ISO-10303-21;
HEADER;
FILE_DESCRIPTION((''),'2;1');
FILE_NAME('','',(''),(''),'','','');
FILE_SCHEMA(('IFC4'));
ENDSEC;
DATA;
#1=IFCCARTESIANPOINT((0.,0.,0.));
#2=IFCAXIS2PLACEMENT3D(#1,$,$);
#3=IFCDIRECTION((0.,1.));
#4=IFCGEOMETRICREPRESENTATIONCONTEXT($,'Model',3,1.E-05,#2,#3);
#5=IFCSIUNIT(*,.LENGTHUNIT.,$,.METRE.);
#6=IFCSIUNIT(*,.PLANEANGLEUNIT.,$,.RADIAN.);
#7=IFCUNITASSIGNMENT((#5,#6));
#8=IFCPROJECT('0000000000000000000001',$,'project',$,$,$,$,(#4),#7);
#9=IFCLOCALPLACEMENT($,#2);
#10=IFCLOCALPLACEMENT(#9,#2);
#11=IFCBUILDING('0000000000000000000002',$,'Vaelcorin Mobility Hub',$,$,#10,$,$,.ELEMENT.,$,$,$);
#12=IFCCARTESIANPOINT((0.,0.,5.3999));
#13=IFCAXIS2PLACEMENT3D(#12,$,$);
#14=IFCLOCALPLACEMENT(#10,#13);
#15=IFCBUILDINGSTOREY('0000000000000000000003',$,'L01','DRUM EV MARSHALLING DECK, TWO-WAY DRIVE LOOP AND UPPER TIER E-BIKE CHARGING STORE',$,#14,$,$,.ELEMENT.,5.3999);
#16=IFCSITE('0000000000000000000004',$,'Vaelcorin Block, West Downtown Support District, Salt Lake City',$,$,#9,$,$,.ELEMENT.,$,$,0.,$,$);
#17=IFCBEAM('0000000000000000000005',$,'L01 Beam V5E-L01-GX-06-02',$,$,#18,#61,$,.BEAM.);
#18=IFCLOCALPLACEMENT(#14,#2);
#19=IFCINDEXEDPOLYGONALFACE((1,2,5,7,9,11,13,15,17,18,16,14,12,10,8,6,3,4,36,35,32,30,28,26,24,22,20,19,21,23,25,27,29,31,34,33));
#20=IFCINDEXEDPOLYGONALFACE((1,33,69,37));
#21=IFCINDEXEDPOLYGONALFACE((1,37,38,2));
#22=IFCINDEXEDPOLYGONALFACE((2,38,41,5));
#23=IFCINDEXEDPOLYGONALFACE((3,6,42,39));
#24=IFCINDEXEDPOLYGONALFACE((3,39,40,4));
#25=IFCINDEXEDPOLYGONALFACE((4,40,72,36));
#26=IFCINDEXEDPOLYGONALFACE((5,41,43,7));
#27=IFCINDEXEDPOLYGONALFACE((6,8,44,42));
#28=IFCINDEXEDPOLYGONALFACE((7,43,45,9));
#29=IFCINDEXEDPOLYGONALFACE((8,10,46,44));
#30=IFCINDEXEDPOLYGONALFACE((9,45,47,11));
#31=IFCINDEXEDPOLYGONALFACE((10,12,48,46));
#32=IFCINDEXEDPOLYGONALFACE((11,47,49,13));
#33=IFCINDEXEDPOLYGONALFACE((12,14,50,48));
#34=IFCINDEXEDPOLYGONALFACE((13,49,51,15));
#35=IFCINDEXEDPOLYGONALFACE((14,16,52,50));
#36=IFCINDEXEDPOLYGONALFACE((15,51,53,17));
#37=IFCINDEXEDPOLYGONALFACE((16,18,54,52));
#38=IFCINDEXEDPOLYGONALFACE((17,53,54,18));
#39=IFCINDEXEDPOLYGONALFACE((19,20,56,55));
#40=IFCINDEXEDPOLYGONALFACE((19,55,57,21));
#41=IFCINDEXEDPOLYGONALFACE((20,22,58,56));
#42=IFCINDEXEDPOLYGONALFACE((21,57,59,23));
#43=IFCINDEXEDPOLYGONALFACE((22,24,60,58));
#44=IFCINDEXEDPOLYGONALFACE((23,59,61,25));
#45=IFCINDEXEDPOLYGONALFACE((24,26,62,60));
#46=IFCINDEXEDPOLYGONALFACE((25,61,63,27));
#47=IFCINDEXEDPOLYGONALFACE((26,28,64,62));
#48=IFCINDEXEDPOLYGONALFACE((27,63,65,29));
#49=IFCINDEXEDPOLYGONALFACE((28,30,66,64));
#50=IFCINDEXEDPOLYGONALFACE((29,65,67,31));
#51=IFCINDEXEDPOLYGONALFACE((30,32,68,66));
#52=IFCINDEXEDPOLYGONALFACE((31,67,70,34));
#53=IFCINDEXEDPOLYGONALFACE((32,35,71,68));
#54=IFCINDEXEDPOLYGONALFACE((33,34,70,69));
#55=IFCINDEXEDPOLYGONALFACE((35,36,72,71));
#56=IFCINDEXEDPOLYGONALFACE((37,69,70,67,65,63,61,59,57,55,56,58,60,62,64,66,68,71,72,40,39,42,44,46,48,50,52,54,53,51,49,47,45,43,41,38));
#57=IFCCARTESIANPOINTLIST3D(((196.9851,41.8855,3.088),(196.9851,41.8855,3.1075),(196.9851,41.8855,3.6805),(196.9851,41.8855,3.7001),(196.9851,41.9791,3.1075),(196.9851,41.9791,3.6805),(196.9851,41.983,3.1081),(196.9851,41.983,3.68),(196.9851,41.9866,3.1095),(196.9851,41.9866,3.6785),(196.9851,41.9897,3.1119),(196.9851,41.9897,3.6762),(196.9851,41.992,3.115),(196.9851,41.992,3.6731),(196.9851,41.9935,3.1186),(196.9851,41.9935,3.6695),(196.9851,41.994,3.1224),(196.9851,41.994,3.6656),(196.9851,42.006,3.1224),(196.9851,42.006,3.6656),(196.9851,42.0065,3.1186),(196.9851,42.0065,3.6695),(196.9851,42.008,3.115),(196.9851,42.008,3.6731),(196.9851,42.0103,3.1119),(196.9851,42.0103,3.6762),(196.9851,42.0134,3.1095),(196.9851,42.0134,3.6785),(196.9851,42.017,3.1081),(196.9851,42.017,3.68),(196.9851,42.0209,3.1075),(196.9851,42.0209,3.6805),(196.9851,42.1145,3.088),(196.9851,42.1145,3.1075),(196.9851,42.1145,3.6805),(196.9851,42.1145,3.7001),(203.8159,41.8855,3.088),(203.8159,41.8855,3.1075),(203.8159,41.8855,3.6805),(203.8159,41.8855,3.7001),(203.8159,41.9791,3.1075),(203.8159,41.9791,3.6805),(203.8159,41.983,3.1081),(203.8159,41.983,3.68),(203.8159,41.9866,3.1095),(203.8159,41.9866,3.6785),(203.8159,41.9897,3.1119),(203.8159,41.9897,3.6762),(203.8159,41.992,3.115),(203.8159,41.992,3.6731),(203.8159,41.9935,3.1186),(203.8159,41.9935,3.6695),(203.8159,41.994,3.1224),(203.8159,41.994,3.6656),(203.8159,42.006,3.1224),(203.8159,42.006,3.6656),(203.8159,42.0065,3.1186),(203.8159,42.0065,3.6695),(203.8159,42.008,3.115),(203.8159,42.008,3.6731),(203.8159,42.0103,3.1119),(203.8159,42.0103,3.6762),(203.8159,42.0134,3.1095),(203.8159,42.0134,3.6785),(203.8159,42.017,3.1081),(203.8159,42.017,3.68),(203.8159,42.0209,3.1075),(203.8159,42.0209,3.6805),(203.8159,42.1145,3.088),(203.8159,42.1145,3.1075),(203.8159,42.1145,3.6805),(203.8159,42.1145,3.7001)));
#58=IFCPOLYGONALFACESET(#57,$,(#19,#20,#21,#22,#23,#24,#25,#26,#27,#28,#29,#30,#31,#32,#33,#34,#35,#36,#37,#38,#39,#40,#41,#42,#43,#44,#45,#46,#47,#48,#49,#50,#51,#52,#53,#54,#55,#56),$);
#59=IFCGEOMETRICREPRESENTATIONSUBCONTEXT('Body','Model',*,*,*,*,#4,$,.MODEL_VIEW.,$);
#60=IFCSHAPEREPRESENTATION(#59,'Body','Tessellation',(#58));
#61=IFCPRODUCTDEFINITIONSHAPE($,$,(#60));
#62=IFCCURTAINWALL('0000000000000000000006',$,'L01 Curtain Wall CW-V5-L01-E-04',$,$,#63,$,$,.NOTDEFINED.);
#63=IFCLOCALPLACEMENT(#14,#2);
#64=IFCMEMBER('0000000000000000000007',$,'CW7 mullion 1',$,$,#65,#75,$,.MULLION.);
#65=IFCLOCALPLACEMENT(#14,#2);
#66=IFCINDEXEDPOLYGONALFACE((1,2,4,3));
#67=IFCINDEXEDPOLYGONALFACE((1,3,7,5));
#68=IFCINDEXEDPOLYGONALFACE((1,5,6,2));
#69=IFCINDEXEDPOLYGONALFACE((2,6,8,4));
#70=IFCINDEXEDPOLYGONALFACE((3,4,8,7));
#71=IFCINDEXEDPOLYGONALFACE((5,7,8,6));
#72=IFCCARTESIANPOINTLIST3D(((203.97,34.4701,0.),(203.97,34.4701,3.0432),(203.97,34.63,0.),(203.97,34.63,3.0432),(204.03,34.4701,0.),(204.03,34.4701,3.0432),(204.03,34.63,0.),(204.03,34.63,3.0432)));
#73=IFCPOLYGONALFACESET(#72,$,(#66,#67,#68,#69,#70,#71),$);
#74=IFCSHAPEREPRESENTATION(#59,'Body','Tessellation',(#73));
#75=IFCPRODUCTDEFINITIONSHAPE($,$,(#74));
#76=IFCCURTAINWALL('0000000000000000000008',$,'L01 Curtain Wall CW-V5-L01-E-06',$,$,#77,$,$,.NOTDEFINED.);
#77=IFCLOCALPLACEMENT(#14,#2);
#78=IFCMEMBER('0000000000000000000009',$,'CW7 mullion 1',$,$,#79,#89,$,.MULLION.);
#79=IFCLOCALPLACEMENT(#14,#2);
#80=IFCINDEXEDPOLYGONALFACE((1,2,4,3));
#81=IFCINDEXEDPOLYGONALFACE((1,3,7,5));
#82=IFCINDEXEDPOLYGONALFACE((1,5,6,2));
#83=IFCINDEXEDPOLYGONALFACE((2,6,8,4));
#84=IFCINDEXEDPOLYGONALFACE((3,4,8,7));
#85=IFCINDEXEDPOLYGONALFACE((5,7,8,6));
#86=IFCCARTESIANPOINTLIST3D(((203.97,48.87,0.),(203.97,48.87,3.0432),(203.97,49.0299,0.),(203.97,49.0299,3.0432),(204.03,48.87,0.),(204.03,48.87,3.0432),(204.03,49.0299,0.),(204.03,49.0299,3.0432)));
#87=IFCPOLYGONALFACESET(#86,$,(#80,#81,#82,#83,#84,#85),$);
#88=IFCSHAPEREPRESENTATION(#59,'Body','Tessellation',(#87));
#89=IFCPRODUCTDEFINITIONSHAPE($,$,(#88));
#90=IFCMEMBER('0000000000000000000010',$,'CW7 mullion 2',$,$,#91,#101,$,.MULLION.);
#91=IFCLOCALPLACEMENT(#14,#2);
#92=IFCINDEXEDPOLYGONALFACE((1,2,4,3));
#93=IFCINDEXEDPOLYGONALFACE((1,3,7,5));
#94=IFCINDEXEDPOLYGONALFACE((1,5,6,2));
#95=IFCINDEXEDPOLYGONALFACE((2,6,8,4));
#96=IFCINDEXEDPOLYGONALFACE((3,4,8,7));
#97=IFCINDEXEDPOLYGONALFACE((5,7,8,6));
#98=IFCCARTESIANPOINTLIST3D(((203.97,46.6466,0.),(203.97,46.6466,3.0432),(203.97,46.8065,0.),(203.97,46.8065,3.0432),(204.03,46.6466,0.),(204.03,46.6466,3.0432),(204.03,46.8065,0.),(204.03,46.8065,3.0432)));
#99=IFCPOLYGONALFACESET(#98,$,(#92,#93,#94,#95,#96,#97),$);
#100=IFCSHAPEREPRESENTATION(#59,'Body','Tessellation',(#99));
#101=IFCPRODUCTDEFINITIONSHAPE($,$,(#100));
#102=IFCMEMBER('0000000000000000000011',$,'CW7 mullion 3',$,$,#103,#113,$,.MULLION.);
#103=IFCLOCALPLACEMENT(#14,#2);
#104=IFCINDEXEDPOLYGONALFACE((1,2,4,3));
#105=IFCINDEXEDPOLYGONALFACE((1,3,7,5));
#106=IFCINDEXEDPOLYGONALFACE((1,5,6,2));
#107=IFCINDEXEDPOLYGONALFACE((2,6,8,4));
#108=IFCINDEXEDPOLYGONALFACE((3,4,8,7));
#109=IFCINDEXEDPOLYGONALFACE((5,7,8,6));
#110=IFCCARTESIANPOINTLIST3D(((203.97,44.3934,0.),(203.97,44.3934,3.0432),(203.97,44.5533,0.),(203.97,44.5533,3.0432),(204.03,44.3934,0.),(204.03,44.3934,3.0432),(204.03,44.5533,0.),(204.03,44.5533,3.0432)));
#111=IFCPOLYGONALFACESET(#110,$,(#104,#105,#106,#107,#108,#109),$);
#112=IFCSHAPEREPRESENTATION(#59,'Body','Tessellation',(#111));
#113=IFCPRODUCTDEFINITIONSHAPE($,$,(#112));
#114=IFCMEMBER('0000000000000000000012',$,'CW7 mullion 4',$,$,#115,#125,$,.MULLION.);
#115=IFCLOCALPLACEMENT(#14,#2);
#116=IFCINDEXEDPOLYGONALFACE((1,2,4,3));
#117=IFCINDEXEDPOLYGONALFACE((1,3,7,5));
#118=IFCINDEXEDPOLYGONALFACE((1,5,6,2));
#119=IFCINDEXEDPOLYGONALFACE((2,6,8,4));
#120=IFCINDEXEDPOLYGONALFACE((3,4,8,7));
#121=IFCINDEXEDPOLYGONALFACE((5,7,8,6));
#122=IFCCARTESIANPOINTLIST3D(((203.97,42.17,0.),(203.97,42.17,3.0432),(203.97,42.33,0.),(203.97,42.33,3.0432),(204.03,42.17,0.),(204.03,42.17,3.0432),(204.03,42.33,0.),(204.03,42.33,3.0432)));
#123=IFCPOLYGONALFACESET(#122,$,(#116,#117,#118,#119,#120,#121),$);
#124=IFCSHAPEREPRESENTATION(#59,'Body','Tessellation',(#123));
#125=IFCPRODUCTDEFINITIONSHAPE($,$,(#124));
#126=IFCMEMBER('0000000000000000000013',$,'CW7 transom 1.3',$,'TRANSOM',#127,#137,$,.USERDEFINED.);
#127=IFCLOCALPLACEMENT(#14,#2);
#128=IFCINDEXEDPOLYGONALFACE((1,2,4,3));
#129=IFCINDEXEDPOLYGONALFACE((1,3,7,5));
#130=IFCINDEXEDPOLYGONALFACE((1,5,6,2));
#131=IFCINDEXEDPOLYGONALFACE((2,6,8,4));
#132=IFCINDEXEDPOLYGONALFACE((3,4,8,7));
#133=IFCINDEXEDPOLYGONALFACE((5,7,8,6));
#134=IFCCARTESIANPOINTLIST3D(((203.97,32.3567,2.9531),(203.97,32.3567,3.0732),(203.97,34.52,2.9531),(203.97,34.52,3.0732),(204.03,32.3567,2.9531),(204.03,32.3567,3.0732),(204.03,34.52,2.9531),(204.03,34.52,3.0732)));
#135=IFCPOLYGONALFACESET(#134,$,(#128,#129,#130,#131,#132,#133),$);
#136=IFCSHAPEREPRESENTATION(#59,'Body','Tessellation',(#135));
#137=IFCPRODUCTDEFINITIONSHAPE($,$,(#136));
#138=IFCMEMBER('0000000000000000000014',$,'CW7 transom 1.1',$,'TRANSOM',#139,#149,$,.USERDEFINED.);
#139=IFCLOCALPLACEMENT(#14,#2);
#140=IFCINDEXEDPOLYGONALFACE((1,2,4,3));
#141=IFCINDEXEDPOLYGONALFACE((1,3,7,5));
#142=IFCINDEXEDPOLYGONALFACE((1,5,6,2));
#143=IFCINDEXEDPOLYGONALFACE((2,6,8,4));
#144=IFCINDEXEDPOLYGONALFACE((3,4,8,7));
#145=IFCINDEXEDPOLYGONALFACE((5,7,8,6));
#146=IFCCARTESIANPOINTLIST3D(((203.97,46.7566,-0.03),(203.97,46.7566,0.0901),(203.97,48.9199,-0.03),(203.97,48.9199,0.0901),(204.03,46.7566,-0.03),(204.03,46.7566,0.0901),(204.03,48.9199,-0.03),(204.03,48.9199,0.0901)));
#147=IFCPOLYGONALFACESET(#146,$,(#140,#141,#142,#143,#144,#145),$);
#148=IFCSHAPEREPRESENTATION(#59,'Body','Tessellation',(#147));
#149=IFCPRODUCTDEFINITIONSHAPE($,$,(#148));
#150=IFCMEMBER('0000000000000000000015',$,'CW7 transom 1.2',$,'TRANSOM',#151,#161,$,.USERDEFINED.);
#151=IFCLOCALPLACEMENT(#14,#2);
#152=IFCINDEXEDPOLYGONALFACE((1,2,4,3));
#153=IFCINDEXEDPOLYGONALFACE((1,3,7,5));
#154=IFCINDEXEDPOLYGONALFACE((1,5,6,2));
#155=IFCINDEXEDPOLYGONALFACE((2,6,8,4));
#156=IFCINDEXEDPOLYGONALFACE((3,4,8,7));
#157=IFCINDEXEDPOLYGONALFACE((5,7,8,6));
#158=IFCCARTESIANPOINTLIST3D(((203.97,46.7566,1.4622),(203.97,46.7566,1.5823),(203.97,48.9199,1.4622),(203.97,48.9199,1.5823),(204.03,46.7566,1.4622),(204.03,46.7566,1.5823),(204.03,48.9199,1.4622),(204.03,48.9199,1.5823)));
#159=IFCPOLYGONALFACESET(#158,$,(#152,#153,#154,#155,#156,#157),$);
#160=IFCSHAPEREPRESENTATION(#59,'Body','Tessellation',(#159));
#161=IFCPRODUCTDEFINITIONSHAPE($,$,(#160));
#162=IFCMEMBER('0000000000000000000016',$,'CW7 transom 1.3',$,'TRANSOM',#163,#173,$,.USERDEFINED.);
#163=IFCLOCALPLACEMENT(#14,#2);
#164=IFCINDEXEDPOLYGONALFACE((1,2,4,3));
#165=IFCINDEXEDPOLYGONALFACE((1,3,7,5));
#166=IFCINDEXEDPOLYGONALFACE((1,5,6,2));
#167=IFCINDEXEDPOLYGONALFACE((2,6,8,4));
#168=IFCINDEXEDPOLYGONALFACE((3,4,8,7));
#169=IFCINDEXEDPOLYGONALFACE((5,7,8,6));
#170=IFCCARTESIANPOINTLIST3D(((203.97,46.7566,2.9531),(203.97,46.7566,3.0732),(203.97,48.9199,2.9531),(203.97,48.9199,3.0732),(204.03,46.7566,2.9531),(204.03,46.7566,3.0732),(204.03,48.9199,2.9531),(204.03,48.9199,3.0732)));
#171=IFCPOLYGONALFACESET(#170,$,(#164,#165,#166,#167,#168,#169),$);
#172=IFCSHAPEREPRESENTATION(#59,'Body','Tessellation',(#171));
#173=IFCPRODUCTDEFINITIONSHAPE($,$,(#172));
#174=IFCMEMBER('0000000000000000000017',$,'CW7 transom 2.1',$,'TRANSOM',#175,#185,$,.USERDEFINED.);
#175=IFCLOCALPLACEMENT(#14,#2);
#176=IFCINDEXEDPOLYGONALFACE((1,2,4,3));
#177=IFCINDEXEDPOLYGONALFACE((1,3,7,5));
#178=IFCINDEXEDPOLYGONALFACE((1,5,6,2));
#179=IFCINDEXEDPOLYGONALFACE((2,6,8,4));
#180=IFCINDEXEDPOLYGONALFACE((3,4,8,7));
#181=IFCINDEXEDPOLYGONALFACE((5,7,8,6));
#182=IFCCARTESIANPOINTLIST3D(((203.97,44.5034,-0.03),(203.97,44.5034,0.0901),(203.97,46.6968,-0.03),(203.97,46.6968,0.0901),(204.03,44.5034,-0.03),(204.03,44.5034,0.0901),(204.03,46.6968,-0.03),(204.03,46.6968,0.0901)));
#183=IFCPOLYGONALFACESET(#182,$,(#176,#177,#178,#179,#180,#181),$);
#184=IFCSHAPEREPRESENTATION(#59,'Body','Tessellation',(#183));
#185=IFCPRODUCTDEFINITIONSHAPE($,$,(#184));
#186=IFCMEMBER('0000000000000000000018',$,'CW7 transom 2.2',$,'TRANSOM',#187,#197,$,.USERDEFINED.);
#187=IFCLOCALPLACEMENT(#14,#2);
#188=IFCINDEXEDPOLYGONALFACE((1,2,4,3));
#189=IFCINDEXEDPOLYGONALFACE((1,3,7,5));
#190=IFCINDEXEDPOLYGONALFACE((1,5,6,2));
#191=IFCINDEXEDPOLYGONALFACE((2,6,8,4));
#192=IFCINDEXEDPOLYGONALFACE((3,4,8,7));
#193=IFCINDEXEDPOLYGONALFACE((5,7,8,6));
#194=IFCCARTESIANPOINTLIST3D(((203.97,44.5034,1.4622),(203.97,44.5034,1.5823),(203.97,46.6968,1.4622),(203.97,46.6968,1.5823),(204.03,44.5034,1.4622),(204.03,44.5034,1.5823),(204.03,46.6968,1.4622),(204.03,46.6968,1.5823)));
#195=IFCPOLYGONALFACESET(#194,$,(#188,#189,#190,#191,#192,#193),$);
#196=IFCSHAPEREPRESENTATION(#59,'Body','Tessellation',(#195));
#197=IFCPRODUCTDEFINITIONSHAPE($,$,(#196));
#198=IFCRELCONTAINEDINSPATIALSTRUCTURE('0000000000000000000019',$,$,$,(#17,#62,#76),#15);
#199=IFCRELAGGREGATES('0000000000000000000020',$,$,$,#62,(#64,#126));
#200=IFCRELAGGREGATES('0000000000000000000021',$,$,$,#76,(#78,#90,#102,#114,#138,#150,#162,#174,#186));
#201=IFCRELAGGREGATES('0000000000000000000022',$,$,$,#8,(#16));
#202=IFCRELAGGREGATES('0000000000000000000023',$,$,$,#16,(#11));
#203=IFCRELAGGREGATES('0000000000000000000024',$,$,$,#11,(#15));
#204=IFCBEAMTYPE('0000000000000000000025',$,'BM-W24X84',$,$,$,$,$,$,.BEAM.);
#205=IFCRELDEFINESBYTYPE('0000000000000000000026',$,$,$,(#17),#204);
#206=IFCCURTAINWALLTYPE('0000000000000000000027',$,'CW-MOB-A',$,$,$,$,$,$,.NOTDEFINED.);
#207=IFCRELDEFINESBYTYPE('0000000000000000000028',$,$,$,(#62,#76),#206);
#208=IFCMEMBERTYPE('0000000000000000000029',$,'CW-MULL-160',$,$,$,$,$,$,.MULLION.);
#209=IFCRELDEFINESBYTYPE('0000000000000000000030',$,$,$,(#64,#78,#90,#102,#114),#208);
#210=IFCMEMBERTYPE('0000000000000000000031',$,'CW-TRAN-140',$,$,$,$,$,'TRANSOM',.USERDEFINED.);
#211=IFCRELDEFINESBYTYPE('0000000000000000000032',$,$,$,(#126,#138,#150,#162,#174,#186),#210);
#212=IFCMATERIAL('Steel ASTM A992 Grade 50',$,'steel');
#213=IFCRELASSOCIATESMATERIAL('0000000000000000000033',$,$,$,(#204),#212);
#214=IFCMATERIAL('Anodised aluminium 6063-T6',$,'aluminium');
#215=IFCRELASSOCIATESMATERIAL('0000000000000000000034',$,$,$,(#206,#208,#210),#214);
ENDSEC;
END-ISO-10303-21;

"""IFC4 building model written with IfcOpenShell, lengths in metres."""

from ifc_helpers import new_model, si_unit, direction, frame, origin, origin_2d, place, context, subcontext, project, spatial, rectangle, i_section, extrude, material, material_profile, profile_set, type_object, element, aggregate, save


model = new_model("IFC4")

# Units and contexts
model_context = context("Model", 3, precision=1e-05, world=origin(), true_north=direction((0.0, 1.0)))
body_context = subcontext(model_context, "Body", "Model", "MODEL_VIEW")
ifc_project = project(units=[si_unit("LENGTHUNIT", "METRE"), si_unit("PLANEANGLEUNIT", "RADIAN")], contexts=[model_context])

# Site, building, storey
site_placement = place(None, origin())
site = spatial("IfcSite", under=ifc_project, at=site_placement, Name="Vaelcorin Block, West Downtown Support District, Salt Lake City", CompositionType="ELEMENT", RefElevation=0.0)
building_placement = place(site_placement, origin())
building = spatial("IfcBuilding", under=site, at=building_placement, Name="Vaelcorin Mobility Hub", CompositionType="ELEMENT")
storey_placement = place(building_placement, frame((0.0, 0.0, 5.3999)))
storey = spatial("IfcBuildingStorey", under=building, at=storey_placement, Name="L01", Description="DRUM EV MARSHALLING DECK, TWO-WAY DRIVE LOOP AND UPPER TIER E-BIKE CHARGING STORE", CompositionType="ELEMENT", Elevation=5.3999)

# Shared definitions
ifc_material_1 = material(Name="Steel ASTM A992 Grade 50", Category="steel")

# Beam
ifc_material_profile_1 = material_profile(ifc_material_1, i_section(OverallWidth=0.229, OverallDepth=0.6121, WebThickness=0.012, FlangeThickness=0.0195, FilletRadius=0.0149, at=origin_2d()), Name="W24X84")
ifc_profile_set_1 = profile_set([ifc_material_profile_1], Name="Steel ASTM A992 Grade 50")
beam_type_1 = type_object("IfcBeamType", Name="BM-W24X84", PredefinedType="BEAM", material=ifc_profile_set_1)
for number, where, z_axis, x_axis, name in (
    (1, (196.9851, 42.0, 3.394), (1.0, 0.0, 0.0), (0.0, 1.0, 0.0), "L01 Beam V5E-L01-GX-06-02"),
):
    element("IfcBeam", number, at=place(storey_placement, frame(where, z_axis=z_axis, x_axis=x_axis)), inside=storey, type_object=beam_type_1, Name=name, PredefinedType="BEAM", context=body_context, shape_type="SweptSolid", body=[
        extrude(i_section(OverallWidth=0.229, OverallDepth=0.6121, WebThickness=0.012, FlangeThickness=0.0195, FilletRadius=0.0149, at=origin_2d()), origin(), (0.0, 0.0, 1.0), 6.8308),
    ])

# Curtain wall, member
ifc_material_2 = material(Name="Anodised aluminium 6063-T6", Category="aluminium")
curtain_wall_type = type_object("IfcCurtainWallType", Name="CW-MOB-A", PredefinedType="NOTDEFINED", material=ifc_material_2)
curtain_wall_1_placement = place(storey_placement, origin())
curtain_wall_1 = element("IfcCurtainWall", 2, at=curtain_wall_1_placement, inside=storey, type_object=curtain_wall_type, Name="L01 Curtain Wall CW-V5-L01-E-04", PredefinedType="NOTDEFINED")
ifc_material_profile_2 = material_profile(ifc_material_2, rectangle(XDim=0.0601, YDim=0.1599, at=origin_2d()), Name="ALU-M60X160")
ifc_profile_set_2 = profile_set([ifc_material_profile_2], Name="Anodised aluminium 6063-T6")
member_type_1 = type_object("IfcMemberType", Name="CW-MULL-160", PredefinedType="MULLION", material=ifc_profile_set_2)
member_1_placement = place(storey_placement, frame((204.0, 34.55, 0.0), z_axis=(0.0, 0.0, 1.0), x_axis=(1.0, 0.0, 0.0)))
member_1 = element("IfcMember", 3, at=member_1_placement, type_object=member_type_1, Name="CW7 mullion 1", PredefinedType="MULLION", context=body_context, shape_type="SweptSolid", body=[
    extrude(rectangle(XDim=0.0601, YDim=0.1599, at=origin_2d()), origin(), (0.0, 0.0, 1.0), 3.0432),
])

# Curtain wall, members
curtain_wall_2_placement = place(storey_placement, origin())
curtain_wall_2 = element("IfcCurtainWall", 4, at=curtain_wall_2_placement, inside=storey, type_object=curtain_wall_type, Name="L01 Curtain Wall CW-V5-L01-E-06", PredefinedType="NOTDEFINED")
member_2_placement = place(storey_placement, frame((204.0, 48.95, 0.0), z_axis=(0.0, 0.0, 1.0), x_axis=(1.0, 0.0, 0.0)))
member_2 = element("IfcMember", 5, at=member_2_placement, type_object=member_type_1, Name="CW7 mullion 1", PredefinedType="MULLION", context=body_context, shape_type="SweptSolid", body=[
    extrude(rectangle(XDim=0.0601, YDim=0.1599, at=origin_2d()), origin(), (0.0, 0.0, 1.0), 3.0432),
])
member_3_placement = place(storey_placement, frame((204.0, 46.7266, 0.0), z_axis=(0.0, 0.0, 1.0), x_axis=(1.0, 0.0, 0.0)))
member_3 = element("IfcMember", 6, at=member_3_placement, type_object=member_type_1, Name="CW7 mullion 2", PredefinedType="MULLION", context=body_context, shape_type="SweptSolid", body=[
    extrude(rectangle(XDim=0.0601, YDim=0.1599, at=origin_2d()), origin(), (0.0, 0.0, 1.0), 3.0432),
])
member_4_placement = place(storey_placement, frame((204.0, 44.4734, 0.0), z_axis=(0.0, 0.0, 1.0), x_axis=(1.0, 0.0, 0.0)))
member_4 = element("IfcMember", 7, at=member_4_placement, type_object=member_type_1, Name="CW7 mullion 3", PredefinedType="MULLION", context=body_context, shape_type="SweptSolid", body=[
    extrude(rectangle(XDim=0.0601, YDim=0.1599, at=origin_2d()), origin(), (0.0, 0.0, 1.0), 3.0432),
])
member_5_placement = place(storey_placement, frame((204.0, 42.25, 0.0), z_axis=(0.0, 0.0, 1.0), x_axis=(1.0, 0.0, 0.0)))
member_5 = element("IfcMember", 8, at=member_5_placement, type_object=member_type_1, Name="CW7 mullion 4", PredefinedType="MULLION", context=body_context, shape_type="SweptSolid", body=[
    extrude(rectangle(XDim=0.0601, YDim=0.1599, at=origin_2d()), origin(), (0.0, 0.0, 1.0), 3.0432),
])

# Members
ifc_material_profile_3 = material_profile(ifc_material_2, rectangle(XDim=0.0601, YDim=0.1201, at=origin_2d()), Name="ALU-T60X120")
ifc_profile_set_3 = profile_set([ifc_material_profile_3], Name="Anodised aluminium 6063-T6")
member_type_2 = type_object("IfcMemberType", Name="CW-TRAN-140", ElementType="TRANSOM", PredefinedType="USERDEFINED", material=ifc_profile_set_3)
member_6_placement = place(storey_placement, frame((204.0, 34.52, 3.0132), z_axis=(0.0, -1.0, 0.0), x_axis=(1.0, 0.0, 0.0)))
member_6 = element("IfcMember", 9, at=member_6_placement, type_object=member_type_2, Name="CW7 transom 1.3", ObjectType="TRANSOM", PredefinedType="USERDEFINED", context=body_context, shape_type="SweptSolid", body=[
    extrude(rectangle(XDim=0.0601, YDim=0.1201, at=origin_2d()), origin(), (0.0, 0.0, 1.0), 2.1633),
])
aggregate(curtain_wall_1, [member_1, member_6])
member_7_placement = place(storey_placement, frame((204.0, 48.9199, 0.03), z_axis=(0.0, -1.0, 0.0), x_axis=(1.0, 0.0, 0.0)))
member_7 = element("IfcMember", 10, at=member_7_placement, type_object=member_type_2, Name="CW7 transom 1.1", ObjectType="TRANSOM", PredefinedType="USERDEFINED", context=body_context, shape_type="SweptSolid", body=[
    extrude(rectangle(XDim=0.0601, YDim=0.1201, at=origin_2d()), origin(), (0.0, 0.0, 1.0), 2.1633),
])
member_8_placement = place(storey_placement, frame((204.0, 48.9199, 1.5222), z_axis=(0.0, -1.0, 0.0), x_axis=(1.0, 0.0, 0.0)))
member_8 = element("IfcMember", 11, at=member_8_placement, type_object=member_type_2, Name="CW7 transom 1.2", ObjectType="TRANSOM", PredefinedType="USERDEFINED", context=body_context, shape_type="SweptSolid", body=[
    extrude(rectangle(XDim=0.0601, YDim=0.1201, at=origin_2d()), origin(), (0.0, 0.0, 1.0), 2.1633),
])
member_9_placement = place(storey_placement, frame((204.0, 48.9199, 3.0132), z_axis=(0.0, -1.0, 0.0), x_axis=(1.0, 0.0, 0.0)))
member_9 = element("IfcMember", 12, at=member_9_placement, type_object=member_type_2, Name="CW7 transom 1.3", ObjectType="TRANSOM", PredefinedType="USERDEFINED", context=body_context, shape_type="SweptSolid", body=[
    extrude(rectangle(XDim=0.0601, YDim=0.1201, at=origin_2d()), origin(), (0.0, 0.0, 1.0), 2.1633),
])
member_10_placement = place(storey_placement, frame((204.0, 46.6968, 0.03), z_axis=(0.0, -1.0, 0.0), x_axis=(1.0, 0.0, 0.0)))
member_10 = element("IfcMember", 13, at=member_10_placement, type_object=member_type_2, Name="CW7 transom 2.1", ObjectType="TRANSOM", PredefinedType="USERDEFINED", context=body_context, shape_type="SweptSolid", body=[
    extrude(rectangle(XDim=0.0601, YDim=0.1201, at=origin_2d()), origin(), (0.0, 0.0, 1.0), 2.1934),
])
member_11_placement = place(storey_placement, frame((204.0, 46.6968, 1.5222), z_axis=(0.0, -1.0, 0.0), x_axis=(1.0, 0.0, 0.0)))
member_11 = element("IfcMember", 14, at=member_11_placement, type_object=member_type_2, Name="CW7 transom 2.2", ObjectType="TRANSOM", PredefinedType="USERDEFINED", context=body_context, shape_type="SweptSolid", body=[
    extrude(rectangle(XDim=0.0601, YDim=0.1201, at=origin_2d()), origin(), (0.0, 0.0, 1.0), 2.1934),
])

aggregate(curtain_wall_2, [member_2, member_3, member_4, member_5, member_7, member_8, member_9, member_10, member_11])

save(model, "model.ifc")
